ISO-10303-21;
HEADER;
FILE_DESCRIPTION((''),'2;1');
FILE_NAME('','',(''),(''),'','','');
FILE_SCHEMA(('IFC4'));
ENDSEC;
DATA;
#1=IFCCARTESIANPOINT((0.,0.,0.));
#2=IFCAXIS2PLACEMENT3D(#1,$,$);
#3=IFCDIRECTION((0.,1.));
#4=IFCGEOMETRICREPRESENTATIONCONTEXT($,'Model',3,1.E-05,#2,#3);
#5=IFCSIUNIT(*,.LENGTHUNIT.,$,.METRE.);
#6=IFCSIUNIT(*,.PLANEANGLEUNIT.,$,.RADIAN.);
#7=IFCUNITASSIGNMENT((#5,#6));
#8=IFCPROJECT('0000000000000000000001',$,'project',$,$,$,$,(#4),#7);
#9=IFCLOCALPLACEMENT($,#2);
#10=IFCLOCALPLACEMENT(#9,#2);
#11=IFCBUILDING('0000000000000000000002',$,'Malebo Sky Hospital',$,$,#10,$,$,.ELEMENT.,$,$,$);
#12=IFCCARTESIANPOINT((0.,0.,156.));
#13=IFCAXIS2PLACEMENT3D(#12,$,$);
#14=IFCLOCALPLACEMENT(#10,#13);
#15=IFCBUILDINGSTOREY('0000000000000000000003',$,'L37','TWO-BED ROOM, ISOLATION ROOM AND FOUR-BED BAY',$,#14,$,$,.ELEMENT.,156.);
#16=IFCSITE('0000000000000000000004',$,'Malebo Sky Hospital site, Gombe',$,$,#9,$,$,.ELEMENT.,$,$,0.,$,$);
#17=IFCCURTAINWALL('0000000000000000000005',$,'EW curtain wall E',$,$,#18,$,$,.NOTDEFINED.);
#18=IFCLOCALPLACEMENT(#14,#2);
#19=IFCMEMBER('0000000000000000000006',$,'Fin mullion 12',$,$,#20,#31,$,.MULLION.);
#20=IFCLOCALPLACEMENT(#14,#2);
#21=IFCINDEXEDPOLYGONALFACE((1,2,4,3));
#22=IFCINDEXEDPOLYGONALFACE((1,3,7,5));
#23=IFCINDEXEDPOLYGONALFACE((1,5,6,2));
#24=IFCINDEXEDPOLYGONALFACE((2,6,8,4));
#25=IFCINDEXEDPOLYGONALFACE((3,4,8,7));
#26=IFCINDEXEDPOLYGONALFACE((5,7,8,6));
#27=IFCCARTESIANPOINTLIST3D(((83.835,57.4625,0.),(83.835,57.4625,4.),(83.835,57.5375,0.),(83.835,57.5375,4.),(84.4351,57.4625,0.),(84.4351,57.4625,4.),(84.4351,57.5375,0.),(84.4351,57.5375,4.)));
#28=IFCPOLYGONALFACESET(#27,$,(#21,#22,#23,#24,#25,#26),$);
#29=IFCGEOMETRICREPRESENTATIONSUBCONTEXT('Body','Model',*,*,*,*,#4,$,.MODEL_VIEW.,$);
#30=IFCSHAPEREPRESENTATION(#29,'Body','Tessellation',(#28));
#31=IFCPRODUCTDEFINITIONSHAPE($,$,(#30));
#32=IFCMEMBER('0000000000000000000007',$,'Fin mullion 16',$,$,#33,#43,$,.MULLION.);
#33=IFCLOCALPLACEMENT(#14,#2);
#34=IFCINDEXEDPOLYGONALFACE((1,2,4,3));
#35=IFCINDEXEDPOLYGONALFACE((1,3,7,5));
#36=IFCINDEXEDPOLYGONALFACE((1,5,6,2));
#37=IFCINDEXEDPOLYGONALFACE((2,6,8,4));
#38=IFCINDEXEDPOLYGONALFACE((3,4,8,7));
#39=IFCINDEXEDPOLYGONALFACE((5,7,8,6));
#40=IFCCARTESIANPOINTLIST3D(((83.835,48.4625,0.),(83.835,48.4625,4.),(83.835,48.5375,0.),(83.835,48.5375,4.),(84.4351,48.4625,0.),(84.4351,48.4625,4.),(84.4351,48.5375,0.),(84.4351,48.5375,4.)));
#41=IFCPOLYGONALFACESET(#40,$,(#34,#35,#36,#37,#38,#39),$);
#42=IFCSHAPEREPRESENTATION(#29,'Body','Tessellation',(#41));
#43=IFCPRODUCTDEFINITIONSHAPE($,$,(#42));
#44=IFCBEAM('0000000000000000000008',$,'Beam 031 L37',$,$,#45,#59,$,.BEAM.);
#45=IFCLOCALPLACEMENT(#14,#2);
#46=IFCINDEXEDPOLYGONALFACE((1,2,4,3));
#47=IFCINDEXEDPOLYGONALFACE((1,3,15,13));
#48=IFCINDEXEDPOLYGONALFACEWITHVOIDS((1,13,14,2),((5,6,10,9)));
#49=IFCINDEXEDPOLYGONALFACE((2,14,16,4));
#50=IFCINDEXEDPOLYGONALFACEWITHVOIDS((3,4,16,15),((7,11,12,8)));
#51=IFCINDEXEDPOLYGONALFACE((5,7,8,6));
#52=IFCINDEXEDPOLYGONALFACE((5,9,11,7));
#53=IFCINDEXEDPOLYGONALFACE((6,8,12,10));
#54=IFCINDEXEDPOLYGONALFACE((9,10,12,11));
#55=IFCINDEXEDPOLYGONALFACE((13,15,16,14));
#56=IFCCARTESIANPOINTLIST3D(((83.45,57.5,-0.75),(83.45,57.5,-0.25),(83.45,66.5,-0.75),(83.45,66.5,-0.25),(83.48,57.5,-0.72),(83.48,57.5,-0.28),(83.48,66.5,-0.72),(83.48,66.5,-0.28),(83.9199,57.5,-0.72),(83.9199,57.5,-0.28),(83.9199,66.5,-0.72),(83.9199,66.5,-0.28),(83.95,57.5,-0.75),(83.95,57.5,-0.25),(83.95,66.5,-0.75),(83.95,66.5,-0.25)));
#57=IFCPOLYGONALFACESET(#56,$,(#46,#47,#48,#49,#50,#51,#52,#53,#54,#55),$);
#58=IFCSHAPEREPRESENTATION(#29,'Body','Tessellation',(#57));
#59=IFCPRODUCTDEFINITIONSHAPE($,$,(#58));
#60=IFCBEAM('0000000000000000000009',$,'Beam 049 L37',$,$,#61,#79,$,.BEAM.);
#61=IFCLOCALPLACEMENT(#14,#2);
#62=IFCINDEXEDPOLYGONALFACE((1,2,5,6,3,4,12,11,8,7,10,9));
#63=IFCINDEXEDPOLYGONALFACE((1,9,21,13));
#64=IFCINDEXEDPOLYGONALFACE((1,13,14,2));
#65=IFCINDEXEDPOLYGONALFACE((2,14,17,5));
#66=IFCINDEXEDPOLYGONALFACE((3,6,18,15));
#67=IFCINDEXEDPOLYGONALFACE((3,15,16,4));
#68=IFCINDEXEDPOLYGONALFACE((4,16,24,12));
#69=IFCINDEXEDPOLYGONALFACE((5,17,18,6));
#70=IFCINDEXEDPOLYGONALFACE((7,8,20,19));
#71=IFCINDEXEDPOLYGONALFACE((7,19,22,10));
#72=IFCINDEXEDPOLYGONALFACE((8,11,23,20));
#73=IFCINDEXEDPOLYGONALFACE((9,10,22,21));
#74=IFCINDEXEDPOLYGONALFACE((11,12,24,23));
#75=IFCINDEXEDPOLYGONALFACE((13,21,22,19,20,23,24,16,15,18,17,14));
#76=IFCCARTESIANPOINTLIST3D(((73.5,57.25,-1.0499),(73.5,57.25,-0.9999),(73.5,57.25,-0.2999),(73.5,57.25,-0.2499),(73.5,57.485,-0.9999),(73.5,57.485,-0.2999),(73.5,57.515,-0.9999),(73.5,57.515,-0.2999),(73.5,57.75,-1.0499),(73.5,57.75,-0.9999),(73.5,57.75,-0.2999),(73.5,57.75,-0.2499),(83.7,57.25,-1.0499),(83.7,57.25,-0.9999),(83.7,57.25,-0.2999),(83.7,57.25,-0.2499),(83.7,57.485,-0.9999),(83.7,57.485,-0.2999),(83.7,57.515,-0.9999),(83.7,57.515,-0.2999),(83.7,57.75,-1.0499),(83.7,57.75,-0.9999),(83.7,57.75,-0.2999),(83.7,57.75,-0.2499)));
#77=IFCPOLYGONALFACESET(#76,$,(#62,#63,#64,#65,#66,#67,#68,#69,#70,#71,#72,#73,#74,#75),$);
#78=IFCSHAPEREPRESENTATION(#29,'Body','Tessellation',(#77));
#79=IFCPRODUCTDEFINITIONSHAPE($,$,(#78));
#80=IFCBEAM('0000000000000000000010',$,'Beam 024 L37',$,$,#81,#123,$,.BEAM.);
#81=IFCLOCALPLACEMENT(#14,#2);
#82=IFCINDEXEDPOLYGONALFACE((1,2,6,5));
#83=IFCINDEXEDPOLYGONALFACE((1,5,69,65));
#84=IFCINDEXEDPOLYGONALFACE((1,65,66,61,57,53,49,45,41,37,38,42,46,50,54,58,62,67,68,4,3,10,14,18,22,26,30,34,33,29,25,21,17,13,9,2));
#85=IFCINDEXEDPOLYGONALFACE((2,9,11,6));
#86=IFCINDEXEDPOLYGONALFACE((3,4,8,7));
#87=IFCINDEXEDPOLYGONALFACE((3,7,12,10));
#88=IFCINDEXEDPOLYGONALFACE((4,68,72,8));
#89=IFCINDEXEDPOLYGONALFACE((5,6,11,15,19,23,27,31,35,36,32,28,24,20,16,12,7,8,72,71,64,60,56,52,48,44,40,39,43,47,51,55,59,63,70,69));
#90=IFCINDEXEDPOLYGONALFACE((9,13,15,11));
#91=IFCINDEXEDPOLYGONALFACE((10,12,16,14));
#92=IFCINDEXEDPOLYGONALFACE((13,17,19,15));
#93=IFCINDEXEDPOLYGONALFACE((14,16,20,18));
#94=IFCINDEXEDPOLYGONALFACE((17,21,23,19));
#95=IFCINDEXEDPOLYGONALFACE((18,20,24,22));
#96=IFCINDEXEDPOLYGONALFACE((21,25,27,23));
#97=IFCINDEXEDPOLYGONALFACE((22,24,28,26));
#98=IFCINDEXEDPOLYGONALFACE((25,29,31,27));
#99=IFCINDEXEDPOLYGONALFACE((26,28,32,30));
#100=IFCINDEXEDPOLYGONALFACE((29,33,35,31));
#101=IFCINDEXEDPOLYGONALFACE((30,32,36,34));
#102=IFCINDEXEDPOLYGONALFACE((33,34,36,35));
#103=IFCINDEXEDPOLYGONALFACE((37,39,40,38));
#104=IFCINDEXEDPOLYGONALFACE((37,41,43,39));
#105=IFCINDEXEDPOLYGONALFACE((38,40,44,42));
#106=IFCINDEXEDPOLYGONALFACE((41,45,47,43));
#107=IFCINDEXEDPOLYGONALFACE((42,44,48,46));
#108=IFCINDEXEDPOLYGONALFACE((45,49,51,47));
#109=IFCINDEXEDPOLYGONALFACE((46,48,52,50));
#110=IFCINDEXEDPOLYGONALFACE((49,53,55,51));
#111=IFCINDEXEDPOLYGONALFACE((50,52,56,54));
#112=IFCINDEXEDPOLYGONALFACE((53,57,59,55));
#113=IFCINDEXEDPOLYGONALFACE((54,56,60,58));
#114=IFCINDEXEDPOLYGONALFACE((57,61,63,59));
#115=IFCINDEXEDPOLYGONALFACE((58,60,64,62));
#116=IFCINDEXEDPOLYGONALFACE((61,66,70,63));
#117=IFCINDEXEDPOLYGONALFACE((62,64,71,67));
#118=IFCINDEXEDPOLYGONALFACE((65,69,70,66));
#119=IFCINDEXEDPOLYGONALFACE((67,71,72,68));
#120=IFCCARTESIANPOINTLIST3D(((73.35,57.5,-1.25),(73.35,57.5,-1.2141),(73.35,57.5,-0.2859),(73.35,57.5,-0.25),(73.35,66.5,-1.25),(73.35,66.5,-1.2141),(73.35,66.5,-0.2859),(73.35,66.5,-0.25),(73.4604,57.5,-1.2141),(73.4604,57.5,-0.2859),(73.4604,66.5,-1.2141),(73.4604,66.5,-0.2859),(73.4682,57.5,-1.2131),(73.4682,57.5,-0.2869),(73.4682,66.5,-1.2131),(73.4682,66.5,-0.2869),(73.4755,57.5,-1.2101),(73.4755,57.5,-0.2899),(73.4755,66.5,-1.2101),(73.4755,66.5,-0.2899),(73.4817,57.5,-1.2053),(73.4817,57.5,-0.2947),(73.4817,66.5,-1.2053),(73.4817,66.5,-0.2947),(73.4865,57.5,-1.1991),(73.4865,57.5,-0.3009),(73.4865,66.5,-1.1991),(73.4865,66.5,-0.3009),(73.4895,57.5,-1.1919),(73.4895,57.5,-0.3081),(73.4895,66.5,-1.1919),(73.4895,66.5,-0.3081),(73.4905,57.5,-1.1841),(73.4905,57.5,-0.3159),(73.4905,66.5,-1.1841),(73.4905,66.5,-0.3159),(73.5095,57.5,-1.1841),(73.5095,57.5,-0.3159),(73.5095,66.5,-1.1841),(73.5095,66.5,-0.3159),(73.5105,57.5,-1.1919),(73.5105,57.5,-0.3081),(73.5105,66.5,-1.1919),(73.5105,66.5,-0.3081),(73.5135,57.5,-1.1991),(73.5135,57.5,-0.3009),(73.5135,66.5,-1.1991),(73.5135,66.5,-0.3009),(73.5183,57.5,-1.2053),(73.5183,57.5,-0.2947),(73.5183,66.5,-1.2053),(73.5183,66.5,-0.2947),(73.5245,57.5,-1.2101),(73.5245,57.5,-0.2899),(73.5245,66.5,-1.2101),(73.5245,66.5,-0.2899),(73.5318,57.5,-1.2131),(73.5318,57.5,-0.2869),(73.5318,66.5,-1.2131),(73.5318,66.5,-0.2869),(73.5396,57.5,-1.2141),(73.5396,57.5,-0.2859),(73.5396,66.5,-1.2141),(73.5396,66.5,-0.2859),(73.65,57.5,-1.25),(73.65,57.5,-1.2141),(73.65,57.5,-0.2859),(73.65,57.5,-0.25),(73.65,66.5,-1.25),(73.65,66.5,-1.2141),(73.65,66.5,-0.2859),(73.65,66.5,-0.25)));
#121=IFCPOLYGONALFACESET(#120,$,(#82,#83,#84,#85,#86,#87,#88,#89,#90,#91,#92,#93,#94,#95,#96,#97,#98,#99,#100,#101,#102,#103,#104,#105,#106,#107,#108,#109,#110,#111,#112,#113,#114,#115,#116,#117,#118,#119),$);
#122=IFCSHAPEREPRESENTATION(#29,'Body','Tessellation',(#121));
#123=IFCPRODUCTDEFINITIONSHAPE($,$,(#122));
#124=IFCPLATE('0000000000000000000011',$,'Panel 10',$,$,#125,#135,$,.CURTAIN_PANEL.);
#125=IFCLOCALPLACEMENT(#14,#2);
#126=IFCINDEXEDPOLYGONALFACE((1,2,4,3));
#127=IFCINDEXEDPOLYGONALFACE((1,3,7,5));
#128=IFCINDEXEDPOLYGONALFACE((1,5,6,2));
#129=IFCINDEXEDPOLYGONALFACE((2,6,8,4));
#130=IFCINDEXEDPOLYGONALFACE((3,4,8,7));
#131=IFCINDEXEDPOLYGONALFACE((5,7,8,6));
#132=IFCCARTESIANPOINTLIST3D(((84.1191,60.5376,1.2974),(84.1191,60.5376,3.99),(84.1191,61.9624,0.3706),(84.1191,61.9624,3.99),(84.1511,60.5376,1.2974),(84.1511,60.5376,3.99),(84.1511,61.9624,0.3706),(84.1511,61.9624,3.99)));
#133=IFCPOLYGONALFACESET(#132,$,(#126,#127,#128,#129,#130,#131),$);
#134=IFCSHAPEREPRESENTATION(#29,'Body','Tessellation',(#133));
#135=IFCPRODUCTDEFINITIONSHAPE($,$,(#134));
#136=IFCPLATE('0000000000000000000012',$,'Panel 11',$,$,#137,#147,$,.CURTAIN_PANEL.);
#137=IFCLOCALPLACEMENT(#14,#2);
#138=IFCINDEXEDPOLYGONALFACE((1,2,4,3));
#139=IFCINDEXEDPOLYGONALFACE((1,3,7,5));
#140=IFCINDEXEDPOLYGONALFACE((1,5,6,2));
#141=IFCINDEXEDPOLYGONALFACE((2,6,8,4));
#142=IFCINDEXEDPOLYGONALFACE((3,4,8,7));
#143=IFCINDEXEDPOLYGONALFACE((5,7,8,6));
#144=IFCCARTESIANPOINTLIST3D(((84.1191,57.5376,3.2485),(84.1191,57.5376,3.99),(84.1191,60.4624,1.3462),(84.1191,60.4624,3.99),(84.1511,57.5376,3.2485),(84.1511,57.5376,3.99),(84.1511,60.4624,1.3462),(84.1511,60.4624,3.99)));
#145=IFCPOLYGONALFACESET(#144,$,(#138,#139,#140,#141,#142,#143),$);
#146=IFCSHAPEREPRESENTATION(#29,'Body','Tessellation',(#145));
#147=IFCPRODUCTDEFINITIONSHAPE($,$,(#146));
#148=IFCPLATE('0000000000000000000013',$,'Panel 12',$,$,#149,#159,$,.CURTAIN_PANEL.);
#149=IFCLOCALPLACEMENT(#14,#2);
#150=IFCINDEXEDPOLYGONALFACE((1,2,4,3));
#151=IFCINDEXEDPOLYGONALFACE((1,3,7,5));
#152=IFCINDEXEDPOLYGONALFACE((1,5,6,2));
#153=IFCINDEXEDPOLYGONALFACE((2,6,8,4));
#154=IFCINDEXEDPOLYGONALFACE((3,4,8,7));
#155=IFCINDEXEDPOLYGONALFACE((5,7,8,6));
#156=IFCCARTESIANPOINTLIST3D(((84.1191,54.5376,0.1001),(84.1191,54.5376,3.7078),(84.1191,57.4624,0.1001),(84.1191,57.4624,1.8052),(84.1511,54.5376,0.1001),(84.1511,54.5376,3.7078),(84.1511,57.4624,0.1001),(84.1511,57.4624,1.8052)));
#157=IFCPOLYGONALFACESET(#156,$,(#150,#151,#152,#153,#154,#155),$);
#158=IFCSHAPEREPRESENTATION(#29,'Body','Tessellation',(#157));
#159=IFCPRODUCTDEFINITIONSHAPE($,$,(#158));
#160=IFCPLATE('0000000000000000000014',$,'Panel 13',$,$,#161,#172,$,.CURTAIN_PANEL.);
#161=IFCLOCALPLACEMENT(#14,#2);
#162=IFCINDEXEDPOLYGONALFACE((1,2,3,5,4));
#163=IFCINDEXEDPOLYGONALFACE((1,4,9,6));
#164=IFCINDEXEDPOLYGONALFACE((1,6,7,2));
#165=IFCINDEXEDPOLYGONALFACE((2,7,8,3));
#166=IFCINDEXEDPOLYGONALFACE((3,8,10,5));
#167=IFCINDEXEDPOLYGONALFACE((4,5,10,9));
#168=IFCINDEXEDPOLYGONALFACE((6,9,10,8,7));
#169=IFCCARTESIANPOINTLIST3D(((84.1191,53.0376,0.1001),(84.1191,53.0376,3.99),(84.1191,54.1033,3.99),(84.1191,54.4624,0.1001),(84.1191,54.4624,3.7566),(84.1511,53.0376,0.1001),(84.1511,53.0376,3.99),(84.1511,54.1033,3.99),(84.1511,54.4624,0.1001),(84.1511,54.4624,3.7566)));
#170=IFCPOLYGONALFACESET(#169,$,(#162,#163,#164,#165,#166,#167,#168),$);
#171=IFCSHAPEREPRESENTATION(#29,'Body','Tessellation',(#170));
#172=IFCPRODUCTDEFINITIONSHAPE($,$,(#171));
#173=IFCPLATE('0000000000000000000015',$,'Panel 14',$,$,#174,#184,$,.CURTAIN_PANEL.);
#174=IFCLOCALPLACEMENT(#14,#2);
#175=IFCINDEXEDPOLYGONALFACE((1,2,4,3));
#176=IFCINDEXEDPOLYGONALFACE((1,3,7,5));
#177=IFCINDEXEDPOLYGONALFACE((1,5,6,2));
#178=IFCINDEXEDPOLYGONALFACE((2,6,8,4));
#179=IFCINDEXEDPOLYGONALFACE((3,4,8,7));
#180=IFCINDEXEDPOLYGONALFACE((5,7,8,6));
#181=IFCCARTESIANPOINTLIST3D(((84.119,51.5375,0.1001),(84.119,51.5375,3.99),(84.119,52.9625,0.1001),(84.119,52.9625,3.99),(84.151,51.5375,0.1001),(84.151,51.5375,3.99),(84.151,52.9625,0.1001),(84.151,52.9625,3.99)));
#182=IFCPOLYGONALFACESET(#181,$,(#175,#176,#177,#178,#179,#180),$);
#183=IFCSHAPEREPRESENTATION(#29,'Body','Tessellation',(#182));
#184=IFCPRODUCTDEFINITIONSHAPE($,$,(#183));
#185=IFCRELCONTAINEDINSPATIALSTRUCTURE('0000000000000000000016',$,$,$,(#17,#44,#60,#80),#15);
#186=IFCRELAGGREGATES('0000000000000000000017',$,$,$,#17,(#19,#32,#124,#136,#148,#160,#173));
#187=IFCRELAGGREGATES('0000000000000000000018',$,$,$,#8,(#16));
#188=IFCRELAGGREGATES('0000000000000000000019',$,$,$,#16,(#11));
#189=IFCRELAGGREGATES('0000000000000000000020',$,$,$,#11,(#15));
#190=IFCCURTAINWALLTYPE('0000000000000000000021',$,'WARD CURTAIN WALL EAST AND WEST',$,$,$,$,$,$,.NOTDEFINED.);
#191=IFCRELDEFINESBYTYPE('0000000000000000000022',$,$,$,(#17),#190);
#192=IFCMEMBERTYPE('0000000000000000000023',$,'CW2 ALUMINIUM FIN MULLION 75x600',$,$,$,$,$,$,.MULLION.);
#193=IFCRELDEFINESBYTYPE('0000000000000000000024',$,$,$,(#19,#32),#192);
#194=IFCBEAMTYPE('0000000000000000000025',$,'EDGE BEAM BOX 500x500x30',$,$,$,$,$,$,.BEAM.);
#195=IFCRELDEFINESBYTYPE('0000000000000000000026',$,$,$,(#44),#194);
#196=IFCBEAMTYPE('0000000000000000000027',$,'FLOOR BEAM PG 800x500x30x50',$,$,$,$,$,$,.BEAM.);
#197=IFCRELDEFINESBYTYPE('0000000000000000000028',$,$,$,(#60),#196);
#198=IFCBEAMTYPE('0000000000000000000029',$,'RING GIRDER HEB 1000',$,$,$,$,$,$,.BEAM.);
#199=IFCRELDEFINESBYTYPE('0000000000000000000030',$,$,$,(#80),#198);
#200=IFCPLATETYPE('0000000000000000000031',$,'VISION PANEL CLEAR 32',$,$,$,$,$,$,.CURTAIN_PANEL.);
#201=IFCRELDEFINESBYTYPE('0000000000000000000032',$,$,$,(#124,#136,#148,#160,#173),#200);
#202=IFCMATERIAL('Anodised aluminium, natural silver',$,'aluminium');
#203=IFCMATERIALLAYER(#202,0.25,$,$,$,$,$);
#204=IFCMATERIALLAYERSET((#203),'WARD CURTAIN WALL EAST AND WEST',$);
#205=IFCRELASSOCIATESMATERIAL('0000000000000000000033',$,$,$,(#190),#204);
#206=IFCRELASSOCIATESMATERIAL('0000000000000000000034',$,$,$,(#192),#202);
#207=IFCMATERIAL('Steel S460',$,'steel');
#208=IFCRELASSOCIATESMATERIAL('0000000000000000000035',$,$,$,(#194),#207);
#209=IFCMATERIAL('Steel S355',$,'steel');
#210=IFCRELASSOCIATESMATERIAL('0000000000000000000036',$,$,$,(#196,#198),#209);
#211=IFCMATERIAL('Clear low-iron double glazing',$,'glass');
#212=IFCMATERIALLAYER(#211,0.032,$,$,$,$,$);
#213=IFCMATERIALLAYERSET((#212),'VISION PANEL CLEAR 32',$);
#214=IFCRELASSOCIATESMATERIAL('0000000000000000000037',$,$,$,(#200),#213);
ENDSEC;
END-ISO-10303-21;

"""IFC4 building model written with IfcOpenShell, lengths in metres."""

from ifc_helpers import new_model, si_unit, direction, frame, origin, origin_2d, place, context, subcontext, project, spatial, polyline, rectangle, hollow_rectangle, i_section, outline, extrude, material, layer, layer_set, material_profile, profile_set, type_object, element, aggregate, save


model = new_model("IFC4")

# Units and contexts
model_context = context("Model", 3, precision=1e-05, world=origin(), true_north=direction((0.0, 1.0)))
body_context = subcontext(model_context, "Body", "Model", "MODEL_VIEW")
ifc_project = project(units=[si_unit("LENGTHUNIT", "METRE"), si_unit("PLANEANGLEUNIT", "RADIAN")], contexts=[model_context])

# Site, building, storey
site_placement = place(None, origin())
site = spatial("IfcSite", under=ifc_project, at=site_placement, Name="Malebo Sky Hospital site, Gombe", CompositionType="ELEMENT", RefElevation=0.0)
building_placement = place(site_placement, origin())
building = spatial("IfcBuilding", under=site, at=building_placement, Name="Malebo Sky Hospital", CompositionType="ELEMENT")
storey_placement = place(building_placement, frame((0.0, 0.0, 156.0)))
storey = spatial("IfcBuildingStorey", under=building, at=storey_placement, Name="L37", Description="TWO-BED ROOM, ISOLATION ROOM AND FOUR-BED BAY", CompositionType="ELEMENT", Elevation=156.0)

# Shared definitions
ifc_material_1 = material(Name="Steel S460", Category="steel")

# Curtain wall
ifc_material_2 = material(Name="Anodised aluminium, natural silver", Category="aluminium")
ifc_layer_1 = layer(ifc_material_2, 0.25)
ifc_layer_set_1 = layer_set([ifc_layer_1], Name="WARD CURTAIN WALL EAST AND WEST")
curtain_wall_type = type_object("IfcCurtainWallType", Name="WARD CURTAIN WALL EAST AND WEST", PredefinedType="NOTDEFINED", material=ifc_layer_set_1)
curtain_wall_placement = place(storey_placement, origin())
curtain_wall = element("IfcCurtainWall", 1, at=curtain_wall_placement, inside=storey, type_object=curtain_wall_type, Name="EW curtain wall E", PredefinedType="NOTDEFINED")

# Members
ifc_material_3 = material(Name="Steel S355", Category="steel")
ifc_material_profile_1 = material_profile(ifc_material_2, rectangle(XDim=0.075, YDim=0.6001, at=origin_2d()), Name="CW2 ALUMINIUM FIN MULLION 75x600")
ifc_profile_set_1 = profile_set([ifc_material_profile_1], Name="Anodised aluminium, natural silver")
member_type_1 = type_object("IfcMemberType", Name="CW2 ALUMINIUM FIN MULLION 75x600", PredefinedType="MULLION", material=ifc_profile_set_1)
member_1_placement = place(storey_placement, frame((84.135, 57.5, 0.0), z_axis=(0.0, 0.0, 1.0), x_axis=(0.0, -1.0, 0.0)))
member_1 = element("IfcMember", 2, at=member_1_placement, type_object=member_type_1, Name="Fin mullion 12", PredefinedType="MULLION", context=body_context, shape_type="SweptSolid", body=[
    extrude(rectangle(XDim=0.075, YDim=0.6001, at=origin_2d()), origin(), (0.0, 0.0, 1.0), 4.0),
])
member_2_placement = place(storey_placement, frame((84.135, 48.5, 0.0), z_axis=(0.0, 0.0, 1.0), x_axis=(0.0, -1.0, 0.0)))
member_2 = element("IfcMember", 3, at=member_2_placement, type_object=member_type_1, Name="Fin mullion 16", PredefinedType="MULLION", context=body_context, shape_type="SweptSolid", body=[
    extrude(rectangle(XDim=0.075, YDim=0.6001, at=origin_2d()), origin(), (0.0, 0.0, 1.0), 4.0),
])

# Beams
ifc_material_profile_2 = material_profile(ifc_material_1, hollow_rectangle(XDim=0.5, YDim=0.5, WallThickness=0.03, at=origin_2d()), Name="BOX 500x500x30")
ifc_profile_set_2 = profile_set([ifc_material_profile_2], Name="Steel S460")
beam_type_1 = type_object("IfcBeamType", Name="EDGE BEAM BOX 500x500x30", PredefinedType="BEAM", material=ifc_profile_set_2)
beam_1_placement = place(storey_placement, frame((83.7, 57.5, -0.5), z_axis=(0.0, 1.0, 0.0), x_axis=(-1.0, 0.0, 0.0)))
element("IfcBeam", 4, at=beam_1_placement, inside=storey, type_object=beam_type_1, Name="Beam 031 L37", PredefinedType="BEAM", context=body_context, shape_type="SweptSolid", body=[
    extrude(hollow_rectangle(XDim=0.5, YDim=0.5, WallThickness=0.03, at=origin_2d()), origin(), (0.0, 0.0, 1.0), 9.0),
])
ifc_material_profile_3 = material_profile(ifc_material_3, i_section(OverallWidth=0.5, OverallDepth=0.8, WebThickness=0.03, FlangeThickness=0.05, at=origin_2d()), Name="PG 800x500x30x50")
ifc_profile_set_3 = profile_set([ifc_material_profile_3], Name="Steel S355")
beam_type_2 = type_object("IfcBeamType", Name="FLOOR BEAM PG 800x500x30x50", PredefinedType="BEAM", material=ifc_profile_set_3)
beam_2_placement = place(storey_placement, frame((73.5, 57.5, -0.6499), z_axis=(1.0, 0.0, 0.0), x_axis=(0.0, 1.0, 0.0)))
element("IfcBeam", 5, at=beam_2_placement, inside=storey, type_object=beam_type_2, Name="Beam 049 L37", PredefinedType="BEAM", context=body_context, shape_type="SweptSolid", body=[
    extrude(i_section(OverallWidth=0.5, OverallDepth=0.8, WebThickness=0.03, FlangeThickness=0.05, at=origin_2d()), origin(), (0.0, 0.0, 1.0), 10.2),
])
ifc_material_profile_4 = material_profile(ifc_material_3, i_section(OverallWidth=0.3, OverallDepth=1.0, WebThickness=0.019, FlangeThickness=0.0359, FilletRadius=0.03, at=origin_2d()), Name="HEB 1000")
ifc_profile_set_4 = profile_set([ifc_material_profile_4], Name="Steel S355")
beam_type_3 = type_object("IfcBeamType", Name="RING GIRDER HEB 1000", PredefinedType="BEAM", material=ifc_profile_set_4)
beam_3_placement = place(storey_placement, frame((73.5, 57.5, -0.75), z_axis=(0.0, 1.0, 0.0), x_axis=(-1.0, 0.0, 0.0)))
element("IfcBeam", 6, at=beam_3_placement, inside=storey, type_object=beam_type_3, Name="Beam 024 L37", PredefinedType="BEAM", context=body_context, shape_type="SweptSolid", body=[
    extrude(i_section(OverallWidth=0.3, OverallDepth=1.0, WebThickness=0.019, FlangeThickness=0.0359, FilletRadius=0.03, at=origin_2d()), origin(), (0.0, 0.0, 1.0), 9.0),
])

# Plates
ifc_material_4 = material(Name="Clear low-iron double glazing", Category="glass")
ifc_layer_2 = layer(ifc_material_4, 0.032)
ifc_layer_set_2 = layer_set([ifc_layer_2], Name="VISION PANEL CLEAR 32")
plate_type = type_object("IfcPlateType", Name="VISION PANEL CLEAR 32", PredefinedType="CURTAIN_PANEL", material=ifc_layer_set_2)
plate_1_placement = place(storey_placement, frame((84.135, 61.25, 0.3706), z_axis=(0.0, 0.0, 1.0), x_axis=(0.0, -1.0, 0.0)))
plate_1 = element("IfcPlate", 7, at=plate_1_placement, type_object=plate_type, Name="Panel 10", PredefinedType="CURTAIN_PANEL", context=body_context, shape_type="SweptSolid", body=[
    extrude(outline(polyline([(-0.7124, 0.0), (0.7124, 0.9268), (0.7124, 3.6194), (-0.7124, 3.6194), (-0.7124, 0.0)])), frame((0.0, 0.0161, 0.0), z_axis=(0.0, -1.0, 0.0), x_axis=(1.0, 0.0, 0.0)), (0.0, 0.0, 1.0), 0.032),
])
plate_2_placement = place(storey_placement, frame((84.135, 59.0, 1.3462), z_axis=(0.0, 0.0, 1.0), x_axis=(0.0, -1.0, 0.0)))
plate_2 = element("IfcPlate", 8, at=plate_2_placement, type_object=plate_type, Name="Panel 11", PredefinedType="CURTAIN_PANEL", context=body_context, shape_type="SweptSolid", body=[
    extrude(outline(polyline([(-1.4624, 0.0), (1.4624, 1.9023), (1.4624, 2.6438), (-1.4624, 2.6438), (-1.4624, 0.0)])), frame((0.0, 0.0161, 0.0), z_axis=(0.0, -1.0, 0.0), x_axis=(1.0, 0.0, 0.0)), (0.0, 0.0, 1.0), 0.032),
])
plate_3_placement = place(storey_placement, frame((84.135, 56.0, 0.1001), z_axis=(0.0, 0.0, 1.0), x_axis=(0.0, -1.0, 0.0)))
plate_3 = element("IfcPlate", 9, at=plate_3_placement, type_object=plate_type, Name="Panel 12", PredefinedType="CURTAIN_PANEL", context=body_context, shape_type="SweptSolid", body=[
    extrude(outline(polyline([(-1.4624, 0.0), (1.4624, 0.0), (1.4624, 3.6077), (-1.4624, 1.7051), (-1.4624, 0.0)])), frame((0.0, 0.0161, 0.0), z_axis=(0.0, -1.0, 0.0), x_axis=(1.0, 0.0, 0.0)), (0.0, 0.0, 1.0), 0.032),
])
plate_4_placement = place(storey_placement, frame((84.135, 53.75, 0.1001), z_axis=(0.0, 0.0, 1.0), x_axis=(0.0, -1.0, 0.0)))
plate_4 = element("IfcPlate", 10, at=plate_4_placement, type_object=plate_type, Name="Panel 13", PredefinedType="CURTAIN_PANEL", context=body_context, shape_type="SweptSolid", body=[
    extrude(outline(polyline([(-0.7124, 0.0), (0.7124, 0.0), (0.7124, 3.8899), (-0.3533, 3.8899), (-0.7124, 3.6565), (-0.7124, 0.0)])), frame((0.0, 0.0161, 0.0), z_axis=(0.0, -1.0, 0.0), x_axis=(1.0, 0.0, 0.0)), (0.0, 0.0, 1.0), 0.032),
])
plate_5_placement = place(storey_placement, frame((84.135, 52.25, 0.1001), z_axis=(0.0, 0.0, 1.0), x_axis=(0.0, -1.0, 0.0)))
plate_5 = element("IfcPlate", 11, at=plate_5_placement, type_object=plate_type, Name="Panel 14", PredefinedType="CURTAIN_PANEL", context=body_context, shape_type="SweptSolid", body=[
    extrude(rectangle(XDim=1.425, YDim=0.032, at=origin_2d()), origin(), (0.0, 0.0, 1.0), 3.8899),
])
aggregate(curtain_wall, [member_1, member_2, plate_1, plate_2, plate_3, plate_4, plate_5])

save(model, "model.ifc")
